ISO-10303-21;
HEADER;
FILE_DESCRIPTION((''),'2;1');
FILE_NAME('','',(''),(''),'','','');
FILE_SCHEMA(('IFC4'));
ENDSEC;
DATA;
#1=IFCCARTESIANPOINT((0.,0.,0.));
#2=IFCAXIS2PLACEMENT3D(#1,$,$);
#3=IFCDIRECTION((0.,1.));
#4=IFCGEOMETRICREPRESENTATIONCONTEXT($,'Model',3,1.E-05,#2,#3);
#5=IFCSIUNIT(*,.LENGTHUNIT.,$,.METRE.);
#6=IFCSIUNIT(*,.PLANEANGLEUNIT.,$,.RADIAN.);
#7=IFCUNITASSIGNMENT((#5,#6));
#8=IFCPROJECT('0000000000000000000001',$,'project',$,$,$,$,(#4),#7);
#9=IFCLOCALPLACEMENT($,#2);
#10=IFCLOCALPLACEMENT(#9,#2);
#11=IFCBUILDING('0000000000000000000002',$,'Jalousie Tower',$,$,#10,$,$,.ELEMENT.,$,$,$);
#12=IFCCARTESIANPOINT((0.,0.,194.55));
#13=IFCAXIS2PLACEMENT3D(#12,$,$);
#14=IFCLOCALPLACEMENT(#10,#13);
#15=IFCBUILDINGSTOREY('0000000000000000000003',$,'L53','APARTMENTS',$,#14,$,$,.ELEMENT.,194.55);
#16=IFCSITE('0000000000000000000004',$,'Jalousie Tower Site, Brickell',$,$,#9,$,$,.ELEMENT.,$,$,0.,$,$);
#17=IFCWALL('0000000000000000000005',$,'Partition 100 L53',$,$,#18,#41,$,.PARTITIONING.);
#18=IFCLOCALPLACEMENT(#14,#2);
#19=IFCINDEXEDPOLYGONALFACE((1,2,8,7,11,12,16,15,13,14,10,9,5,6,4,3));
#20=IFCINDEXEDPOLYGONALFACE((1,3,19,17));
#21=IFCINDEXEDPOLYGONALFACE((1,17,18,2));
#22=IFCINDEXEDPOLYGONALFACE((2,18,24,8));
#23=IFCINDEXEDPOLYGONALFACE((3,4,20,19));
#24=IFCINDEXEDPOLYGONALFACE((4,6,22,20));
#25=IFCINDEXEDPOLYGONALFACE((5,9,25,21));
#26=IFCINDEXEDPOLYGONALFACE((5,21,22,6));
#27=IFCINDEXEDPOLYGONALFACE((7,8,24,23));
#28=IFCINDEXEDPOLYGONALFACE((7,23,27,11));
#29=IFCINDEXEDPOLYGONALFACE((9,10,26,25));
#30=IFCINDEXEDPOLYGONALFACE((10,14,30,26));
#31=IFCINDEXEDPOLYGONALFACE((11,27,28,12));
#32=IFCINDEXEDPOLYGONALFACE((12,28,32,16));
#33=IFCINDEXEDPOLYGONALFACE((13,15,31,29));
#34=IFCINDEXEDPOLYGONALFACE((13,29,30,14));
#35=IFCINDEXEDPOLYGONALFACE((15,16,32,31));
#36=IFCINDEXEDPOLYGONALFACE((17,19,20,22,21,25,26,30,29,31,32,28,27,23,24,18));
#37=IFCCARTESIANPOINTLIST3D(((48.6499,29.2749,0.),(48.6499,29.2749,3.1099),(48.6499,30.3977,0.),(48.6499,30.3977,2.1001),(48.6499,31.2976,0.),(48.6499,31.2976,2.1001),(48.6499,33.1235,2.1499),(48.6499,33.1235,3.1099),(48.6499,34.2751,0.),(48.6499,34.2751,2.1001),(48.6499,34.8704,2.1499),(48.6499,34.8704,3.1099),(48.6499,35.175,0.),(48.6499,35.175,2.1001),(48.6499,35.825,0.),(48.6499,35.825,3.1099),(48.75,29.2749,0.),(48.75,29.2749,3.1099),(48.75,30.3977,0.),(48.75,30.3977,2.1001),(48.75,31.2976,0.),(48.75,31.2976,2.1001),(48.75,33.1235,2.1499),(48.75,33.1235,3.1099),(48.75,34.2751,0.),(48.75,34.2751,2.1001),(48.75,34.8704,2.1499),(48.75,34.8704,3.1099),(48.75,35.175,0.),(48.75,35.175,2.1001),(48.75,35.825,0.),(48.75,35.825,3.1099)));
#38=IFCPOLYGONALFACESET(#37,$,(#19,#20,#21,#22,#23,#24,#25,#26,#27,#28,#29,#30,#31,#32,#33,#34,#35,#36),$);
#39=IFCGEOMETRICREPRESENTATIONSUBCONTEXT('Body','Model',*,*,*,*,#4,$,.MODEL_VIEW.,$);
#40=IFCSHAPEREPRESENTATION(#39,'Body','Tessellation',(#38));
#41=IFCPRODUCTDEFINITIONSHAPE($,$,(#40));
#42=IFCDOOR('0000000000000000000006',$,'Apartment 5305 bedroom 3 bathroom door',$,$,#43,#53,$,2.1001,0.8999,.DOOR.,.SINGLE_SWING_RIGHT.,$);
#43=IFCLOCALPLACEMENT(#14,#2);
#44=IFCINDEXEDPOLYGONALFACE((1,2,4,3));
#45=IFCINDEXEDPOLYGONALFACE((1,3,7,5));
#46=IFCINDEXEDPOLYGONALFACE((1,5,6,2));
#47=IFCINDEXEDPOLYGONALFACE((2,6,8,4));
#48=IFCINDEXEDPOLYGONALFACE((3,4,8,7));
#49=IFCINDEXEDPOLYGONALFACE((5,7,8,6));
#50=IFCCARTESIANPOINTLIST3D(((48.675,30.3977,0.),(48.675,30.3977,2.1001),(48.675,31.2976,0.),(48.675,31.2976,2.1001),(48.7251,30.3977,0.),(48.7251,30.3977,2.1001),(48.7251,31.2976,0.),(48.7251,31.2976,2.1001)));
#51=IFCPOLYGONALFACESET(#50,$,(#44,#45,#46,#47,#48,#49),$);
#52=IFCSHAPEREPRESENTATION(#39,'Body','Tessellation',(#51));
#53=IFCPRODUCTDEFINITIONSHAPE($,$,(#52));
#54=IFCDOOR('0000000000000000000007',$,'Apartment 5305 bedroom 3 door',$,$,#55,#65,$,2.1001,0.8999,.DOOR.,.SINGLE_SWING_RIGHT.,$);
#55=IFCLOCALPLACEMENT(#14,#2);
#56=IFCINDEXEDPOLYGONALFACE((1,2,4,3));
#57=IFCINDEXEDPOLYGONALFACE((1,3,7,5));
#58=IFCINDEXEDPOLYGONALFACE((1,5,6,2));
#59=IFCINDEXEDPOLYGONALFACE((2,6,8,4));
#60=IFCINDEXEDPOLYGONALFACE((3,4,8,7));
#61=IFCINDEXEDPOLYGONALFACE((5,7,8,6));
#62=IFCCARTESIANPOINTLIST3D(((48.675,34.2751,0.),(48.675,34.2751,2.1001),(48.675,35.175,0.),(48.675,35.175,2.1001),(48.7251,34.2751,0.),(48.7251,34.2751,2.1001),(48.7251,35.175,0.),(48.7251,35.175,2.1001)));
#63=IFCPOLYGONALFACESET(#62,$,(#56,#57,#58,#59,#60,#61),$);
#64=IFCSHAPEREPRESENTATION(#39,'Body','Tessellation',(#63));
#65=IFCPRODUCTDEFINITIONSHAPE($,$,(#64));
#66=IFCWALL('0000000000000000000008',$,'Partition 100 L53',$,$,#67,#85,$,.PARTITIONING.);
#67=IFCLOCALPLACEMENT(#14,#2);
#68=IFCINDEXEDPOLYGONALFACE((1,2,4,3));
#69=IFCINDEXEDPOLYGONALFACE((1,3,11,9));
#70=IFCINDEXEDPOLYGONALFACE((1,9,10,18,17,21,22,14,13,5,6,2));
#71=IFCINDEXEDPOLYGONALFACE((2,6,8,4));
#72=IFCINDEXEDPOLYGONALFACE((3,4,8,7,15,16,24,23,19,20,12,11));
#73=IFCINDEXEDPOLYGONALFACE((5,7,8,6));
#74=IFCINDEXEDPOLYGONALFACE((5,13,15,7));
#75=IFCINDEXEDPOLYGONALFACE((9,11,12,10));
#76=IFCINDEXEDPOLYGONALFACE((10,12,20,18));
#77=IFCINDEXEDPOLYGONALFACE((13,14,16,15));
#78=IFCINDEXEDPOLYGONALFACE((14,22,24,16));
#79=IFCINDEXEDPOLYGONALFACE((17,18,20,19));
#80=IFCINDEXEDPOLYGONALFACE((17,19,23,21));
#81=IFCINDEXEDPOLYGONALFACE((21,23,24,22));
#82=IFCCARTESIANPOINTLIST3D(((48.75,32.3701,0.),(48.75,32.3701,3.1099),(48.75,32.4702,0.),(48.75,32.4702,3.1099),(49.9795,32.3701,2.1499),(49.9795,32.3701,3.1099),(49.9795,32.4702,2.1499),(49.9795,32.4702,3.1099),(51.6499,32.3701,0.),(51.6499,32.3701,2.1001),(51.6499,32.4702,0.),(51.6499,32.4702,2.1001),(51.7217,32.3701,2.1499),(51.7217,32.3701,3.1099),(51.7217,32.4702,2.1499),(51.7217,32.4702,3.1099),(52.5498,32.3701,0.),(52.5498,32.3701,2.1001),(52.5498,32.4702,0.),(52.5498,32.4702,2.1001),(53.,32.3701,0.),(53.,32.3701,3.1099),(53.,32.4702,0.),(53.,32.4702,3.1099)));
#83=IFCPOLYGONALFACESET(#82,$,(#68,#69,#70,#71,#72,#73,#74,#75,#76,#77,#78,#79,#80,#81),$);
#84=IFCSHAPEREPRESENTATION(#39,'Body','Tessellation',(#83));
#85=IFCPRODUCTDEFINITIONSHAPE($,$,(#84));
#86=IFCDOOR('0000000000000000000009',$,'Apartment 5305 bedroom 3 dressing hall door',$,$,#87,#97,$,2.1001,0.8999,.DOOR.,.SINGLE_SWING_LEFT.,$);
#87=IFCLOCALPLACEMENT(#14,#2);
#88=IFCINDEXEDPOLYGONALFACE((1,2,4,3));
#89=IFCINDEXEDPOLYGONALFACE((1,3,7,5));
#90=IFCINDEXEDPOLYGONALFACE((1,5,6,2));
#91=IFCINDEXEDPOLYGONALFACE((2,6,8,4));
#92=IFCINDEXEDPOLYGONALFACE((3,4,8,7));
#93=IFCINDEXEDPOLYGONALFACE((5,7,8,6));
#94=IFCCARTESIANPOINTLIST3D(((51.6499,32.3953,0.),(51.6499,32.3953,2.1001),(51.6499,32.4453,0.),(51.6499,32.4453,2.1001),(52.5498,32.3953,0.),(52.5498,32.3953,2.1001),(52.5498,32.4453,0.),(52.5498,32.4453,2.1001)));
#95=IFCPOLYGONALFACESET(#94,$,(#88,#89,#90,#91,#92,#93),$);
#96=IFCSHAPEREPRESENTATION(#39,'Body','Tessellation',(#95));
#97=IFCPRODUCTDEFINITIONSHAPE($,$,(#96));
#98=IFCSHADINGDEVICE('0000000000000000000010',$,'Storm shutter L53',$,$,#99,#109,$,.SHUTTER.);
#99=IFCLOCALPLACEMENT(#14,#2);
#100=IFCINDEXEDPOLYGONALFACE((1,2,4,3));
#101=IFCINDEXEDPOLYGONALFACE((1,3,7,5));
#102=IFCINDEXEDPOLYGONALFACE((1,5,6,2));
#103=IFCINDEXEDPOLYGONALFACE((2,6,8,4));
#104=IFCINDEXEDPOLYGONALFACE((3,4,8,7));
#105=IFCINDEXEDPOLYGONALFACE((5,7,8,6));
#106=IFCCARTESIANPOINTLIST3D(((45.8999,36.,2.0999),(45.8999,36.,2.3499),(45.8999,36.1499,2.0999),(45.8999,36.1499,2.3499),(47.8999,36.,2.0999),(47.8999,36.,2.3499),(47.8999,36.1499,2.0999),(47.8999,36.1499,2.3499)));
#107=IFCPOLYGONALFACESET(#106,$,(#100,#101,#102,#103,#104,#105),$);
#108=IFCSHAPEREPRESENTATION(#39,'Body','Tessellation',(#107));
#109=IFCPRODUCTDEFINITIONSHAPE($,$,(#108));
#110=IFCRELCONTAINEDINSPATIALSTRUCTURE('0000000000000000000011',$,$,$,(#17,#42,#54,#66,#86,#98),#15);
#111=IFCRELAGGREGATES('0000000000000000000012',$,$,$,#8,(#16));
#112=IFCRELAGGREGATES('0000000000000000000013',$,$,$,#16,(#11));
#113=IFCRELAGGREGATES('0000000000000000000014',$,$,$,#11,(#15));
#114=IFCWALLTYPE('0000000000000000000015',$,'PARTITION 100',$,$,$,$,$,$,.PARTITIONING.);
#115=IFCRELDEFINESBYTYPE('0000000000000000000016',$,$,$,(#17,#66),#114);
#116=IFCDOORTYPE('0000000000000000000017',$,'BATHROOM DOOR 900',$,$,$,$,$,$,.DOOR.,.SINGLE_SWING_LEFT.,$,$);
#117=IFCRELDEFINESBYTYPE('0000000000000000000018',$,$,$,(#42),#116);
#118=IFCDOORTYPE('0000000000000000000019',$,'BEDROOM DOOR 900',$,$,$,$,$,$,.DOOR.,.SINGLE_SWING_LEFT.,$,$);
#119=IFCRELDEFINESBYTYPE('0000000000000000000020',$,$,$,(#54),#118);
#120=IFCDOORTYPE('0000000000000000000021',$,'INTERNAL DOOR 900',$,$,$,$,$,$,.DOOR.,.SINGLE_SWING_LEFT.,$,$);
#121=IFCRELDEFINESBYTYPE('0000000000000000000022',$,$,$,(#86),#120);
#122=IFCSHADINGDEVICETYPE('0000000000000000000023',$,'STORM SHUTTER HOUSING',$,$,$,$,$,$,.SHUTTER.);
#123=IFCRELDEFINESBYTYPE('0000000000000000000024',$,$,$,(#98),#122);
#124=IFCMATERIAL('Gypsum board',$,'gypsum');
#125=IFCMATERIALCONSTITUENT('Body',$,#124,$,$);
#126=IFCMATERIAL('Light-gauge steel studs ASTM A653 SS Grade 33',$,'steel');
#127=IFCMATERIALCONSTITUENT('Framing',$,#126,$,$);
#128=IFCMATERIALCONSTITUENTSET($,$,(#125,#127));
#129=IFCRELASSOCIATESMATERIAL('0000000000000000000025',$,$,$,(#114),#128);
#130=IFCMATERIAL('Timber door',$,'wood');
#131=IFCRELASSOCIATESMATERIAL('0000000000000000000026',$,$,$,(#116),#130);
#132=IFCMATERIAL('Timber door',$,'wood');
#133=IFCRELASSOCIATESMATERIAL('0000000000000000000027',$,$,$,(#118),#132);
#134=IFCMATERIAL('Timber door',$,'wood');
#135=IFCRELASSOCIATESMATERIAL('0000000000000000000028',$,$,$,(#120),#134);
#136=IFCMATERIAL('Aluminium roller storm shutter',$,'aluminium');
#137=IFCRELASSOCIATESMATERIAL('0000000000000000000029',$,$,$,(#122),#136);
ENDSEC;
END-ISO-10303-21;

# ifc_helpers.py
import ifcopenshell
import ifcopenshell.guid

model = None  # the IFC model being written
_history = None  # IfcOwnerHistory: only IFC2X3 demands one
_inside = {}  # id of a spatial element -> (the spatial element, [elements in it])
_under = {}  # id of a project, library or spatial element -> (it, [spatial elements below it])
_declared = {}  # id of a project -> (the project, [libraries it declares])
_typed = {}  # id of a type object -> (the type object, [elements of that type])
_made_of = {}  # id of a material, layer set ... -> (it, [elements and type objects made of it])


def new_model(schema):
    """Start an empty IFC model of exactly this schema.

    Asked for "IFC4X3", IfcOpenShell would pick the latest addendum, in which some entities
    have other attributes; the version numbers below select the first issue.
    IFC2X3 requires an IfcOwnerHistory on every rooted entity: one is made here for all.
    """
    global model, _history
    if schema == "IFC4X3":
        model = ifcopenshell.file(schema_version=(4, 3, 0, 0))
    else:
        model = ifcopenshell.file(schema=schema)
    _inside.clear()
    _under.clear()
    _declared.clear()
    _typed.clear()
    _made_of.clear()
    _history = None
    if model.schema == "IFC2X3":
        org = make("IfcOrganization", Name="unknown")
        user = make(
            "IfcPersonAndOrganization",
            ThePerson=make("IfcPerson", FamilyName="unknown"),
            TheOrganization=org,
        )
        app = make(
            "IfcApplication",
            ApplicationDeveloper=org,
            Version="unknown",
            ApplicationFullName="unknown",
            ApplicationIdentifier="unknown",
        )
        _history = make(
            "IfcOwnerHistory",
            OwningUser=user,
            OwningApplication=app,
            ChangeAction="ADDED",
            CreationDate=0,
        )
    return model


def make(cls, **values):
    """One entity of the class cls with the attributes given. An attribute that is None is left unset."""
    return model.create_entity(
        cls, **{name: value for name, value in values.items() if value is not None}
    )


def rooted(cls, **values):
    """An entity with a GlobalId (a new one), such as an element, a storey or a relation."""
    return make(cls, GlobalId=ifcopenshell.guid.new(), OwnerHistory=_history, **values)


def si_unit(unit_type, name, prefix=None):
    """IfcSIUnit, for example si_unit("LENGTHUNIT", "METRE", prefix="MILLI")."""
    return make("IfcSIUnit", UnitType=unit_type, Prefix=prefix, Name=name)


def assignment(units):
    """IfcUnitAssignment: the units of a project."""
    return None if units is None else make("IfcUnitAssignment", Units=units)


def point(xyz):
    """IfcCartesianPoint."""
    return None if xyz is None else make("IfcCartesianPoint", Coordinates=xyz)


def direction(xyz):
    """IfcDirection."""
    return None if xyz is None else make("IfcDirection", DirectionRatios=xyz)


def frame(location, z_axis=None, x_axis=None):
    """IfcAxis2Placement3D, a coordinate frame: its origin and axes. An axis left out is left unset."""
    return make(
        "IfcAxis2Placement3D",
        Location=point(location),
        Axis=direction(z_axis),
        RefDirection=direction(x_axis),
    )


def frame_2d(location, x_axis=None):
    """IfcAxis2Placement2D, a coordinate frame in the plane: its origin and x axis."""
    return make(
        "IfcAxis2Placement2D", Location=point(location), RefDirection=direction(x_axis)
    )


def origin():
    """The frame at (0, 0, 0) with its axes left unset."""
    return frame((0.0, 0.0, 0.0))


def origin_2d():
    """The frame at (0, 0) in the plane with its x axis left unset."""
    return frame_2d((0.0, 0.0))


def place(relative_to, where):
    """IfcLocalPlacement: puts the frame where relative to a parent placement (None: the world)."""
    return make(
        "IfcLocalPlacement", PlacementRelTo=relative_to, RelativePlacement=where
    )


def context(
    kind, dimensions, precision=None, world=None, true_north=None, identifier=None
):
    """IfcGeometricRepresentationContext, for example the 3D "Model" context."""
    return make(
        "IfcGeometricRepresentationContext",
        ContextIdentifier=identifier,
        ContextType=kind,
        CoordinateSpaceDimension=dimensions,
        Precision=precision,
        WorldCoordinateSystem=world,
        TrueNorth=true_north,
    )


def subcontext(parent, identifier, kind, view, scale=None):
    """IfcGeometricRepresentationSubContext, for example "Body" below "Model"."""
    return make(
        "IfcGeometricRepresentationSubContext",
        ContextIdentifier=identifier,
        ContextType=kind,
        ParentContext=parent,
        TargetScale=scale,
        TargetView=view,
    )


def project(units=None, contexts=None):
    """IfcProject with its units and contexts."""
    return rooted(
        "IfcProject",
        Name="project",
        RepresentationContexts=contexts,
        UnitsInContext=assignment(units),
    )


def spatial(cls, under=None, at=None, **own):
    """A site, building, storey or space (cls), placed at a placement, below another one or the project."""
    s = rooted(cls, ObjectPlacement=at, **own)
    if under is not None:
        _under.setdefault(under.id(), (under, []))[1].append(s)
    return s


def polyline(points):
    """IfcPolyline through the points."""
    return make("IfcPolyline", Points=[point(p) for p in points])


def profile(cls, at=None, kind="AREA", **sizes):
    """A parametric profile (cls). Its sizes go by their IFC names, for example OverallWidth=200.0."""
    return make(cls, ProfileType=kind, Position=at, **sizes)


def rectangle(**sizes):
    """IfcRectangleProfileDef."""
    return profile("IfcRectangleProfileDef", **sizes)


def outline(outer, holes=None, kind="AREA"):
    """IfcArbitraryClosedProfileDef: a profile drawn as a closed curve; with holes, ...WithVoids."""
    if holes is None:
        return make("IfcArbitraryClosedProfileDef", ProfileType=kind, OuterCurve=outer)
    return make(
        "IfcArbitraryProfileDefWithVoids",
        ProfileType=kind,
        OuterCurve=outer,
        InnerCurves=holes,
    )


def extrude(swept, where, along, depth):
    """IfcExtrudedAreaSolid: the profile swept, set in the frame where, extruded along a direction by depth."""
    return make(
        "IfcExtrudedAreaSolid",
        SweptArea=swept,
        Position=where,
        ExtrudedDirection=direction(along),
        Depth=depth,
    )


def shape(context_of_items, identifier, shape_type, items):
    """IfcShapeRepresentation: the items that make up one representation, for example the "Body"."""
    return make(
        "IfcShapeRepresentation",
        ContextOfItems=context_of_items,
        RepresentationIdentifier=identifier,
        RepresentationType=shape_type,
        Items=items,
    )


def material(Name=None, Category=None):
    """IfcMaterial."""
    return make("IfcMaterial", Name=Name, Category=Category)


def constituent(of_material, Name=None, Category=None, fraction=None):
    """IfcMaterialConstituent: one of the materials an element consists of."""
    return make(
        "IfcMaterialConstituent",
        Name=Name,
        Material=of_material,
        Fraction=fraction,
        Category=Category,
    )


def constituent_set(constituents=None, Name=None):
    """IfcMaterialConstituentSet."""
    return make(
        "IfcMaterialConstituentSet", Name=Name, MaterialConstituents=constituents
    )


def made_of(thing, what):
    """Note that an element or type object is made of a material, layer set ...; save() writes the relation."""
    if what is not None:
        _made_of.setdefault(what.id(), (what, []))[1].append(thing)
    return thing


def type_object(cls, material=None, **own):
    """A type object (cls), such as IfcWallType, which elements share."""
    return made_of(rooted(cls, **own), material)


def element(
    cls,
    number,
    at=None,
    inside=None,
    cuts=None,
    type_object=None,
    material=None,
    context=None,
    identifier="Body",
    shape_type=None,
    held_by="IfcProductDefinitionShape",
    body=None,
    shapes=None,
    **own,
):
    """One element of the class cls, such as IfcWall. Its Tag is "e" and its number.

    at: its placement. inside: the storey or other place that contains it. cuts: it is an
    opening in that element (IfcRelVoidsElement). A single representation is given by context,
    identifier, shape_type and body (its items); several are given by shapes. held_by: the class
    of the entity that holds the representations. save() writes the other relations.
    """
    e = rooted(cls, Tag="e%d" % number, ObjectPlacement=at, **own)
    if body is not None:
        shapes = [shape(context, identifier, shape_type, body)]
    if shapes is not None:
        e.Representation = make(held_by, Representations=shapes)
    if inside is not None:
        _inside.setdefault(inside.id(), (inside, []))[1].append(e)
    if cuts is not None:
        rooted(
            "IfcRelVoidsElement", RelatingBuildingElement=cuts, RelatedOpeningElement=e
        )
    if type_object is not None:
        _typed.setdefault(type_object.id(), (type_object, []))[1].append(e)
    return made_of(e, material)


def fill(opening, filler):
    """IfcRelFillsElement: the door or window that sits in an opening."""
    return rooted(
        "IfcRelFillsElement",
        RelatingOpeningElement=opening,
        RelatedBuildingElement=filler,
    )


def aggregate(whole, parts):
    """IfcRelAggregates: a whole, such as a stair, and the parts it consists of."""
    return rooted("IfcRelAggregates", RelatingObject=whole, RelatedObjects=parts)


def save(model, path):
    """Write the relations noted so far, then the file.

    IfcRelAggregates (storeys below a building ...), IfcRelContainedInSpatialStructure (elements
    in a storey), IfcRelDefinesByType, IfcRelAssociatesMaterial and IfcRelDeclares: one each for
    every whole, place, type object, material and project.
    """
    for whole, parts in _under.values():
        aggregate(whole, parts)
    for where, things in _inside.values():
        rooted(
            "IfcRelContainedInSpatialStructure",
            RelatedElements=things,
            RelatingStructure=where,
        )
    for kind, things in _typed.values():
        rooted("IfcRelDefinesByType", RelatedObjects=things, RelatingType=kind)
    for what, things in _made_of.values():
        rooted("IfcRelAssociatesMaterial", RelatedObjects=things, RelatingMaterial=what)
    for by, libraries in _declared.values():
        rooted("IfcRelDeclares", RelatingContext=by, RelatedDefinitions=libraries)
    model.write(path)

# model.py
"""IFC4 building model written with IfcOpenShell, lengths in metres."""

from ifc_helpers import new_model, si_unit, direction, frame, frame_2d, origin, origin_2d, place, context, subcontext, project, spatial, polyline, rectangle, outline, extrude, material, constituent, constituent_set, type_object, element, fill, save


model = new_model("IFC4")

# Units and contexts
model_context = context("Model", 3, precision=1e-05, world=origin(), true_north=direction((0.0, 1.0)))
body_context = subcontext(model_context, "Body", "Model", "MODEL_VIEW")
ifc_project = project(units=[si_unit("LENGTHUNIT", "METRE"), si_unit("PLANEANGLEUNIT", "RADIAN")], contexts=[model_context])

# Site, building, storey
site_placement = place(None, origin())
site = spatial("IfcSite", under=ifc_project, at=site_placement, Name="Jalousie Tower Site, Brickell", CompositionType="ELEMENT", RefElevation=0.0)
building_placement = place(site_placement, origin())
building = spatial("IfcBuilding", under=site, at=building_placement, Name="Jalousie Tower", CompositionType="ELEMENT")
storey_placement = place(building_placement, frame((0.0, 0.0, 194.55)))
storey = spatial("IfcBuildingStorey", under=building, at=storey_placement, Name="L53", Description="APARTMENTS", CompositionType="ELEMENT", Elevation=194.55)

# Wall, openings, doors
ifc_material_1 = material(Name="Gypsum board", Category="gypsum")
ifc_constituent_1 = constituent(ifc_material_1, Name="Body")
ifc_material_2 = material(Name="Light-gauge steel studs ASTM A653 SS Grade 33", Category="steel")
ifc_constituent_2 = constituent(ifc_material_2, Name="Framing")
ifc_constituent_set_1 = constituent_set(constituents=[ifc_constituent_1, ifc_constituent_2])
wall_type_1 = type_object("IfcWallType", Name="PARTITION 100", PredefinedType="PARTITIONING", material=ifc_constituent_set_1)
wall_1_placement = place(storey_placement, frame((48.7, 35.825, 0.0), z_axis=(0.0, 0.0, 1.0), x_axis=(0.0, -1.0, 0.0)))
wall_1 = element("IfcWall", 1, at=wall_1_placement, inside=storey, type_object=wall_type_1, Name="Partition 100 L53", PredefinedType="PARTITIONING", context=body_context, shape_type="SweptSolid", body=[
    extrude(outline(polyline([(0.0, 0.0), (6.55, 0.0), (6.55, 3.1099), (2.7014, 3.1099), (2.7014, 2.1499), (0.9546, 2.1499), (0.9546, 3.1099), (0.0, 3.1099), (0.0, 0.0)])), frame((0.0, 0.05, 0.0), z_axis=(0.0, -1.0, 0.0), x_axis=(1.0, 0.0, 0.0)), (0.0, 0.0, 1.0), 0.1001),
])
opening_1_placement = place(wall_1_placement, frame((0.6499, 0.0, 0.0)))
opening_1 = element("IfcOpeningElement", 2, at=opening_1_placement, cuts=wall_1, PredefinedType="OPENING", context=body_context, shape_type="SweptSolid", body=[
    extrude(rectangle(XDim=0.8999, YDim=2.1001, at=frame_2d((0.45, 1.05))), frame((0.0, 0.0601, 0.0), z_axis=(0.0, -1.0, 0.0), x_axis=(1.0, 0.0, 0.0)), (0.0, 0.0, 1.0), 0.1201),
])
opening_2_placement = place(wall_1_placement, frame((4.5273, 0.0, 0.0)))
opening_2 = element("IfcOpeningElement", 3, at=opening_2_placement, cuts=wall_1, PredefinedType="OPENING", context=body_context, shape_type="SweptSolid", body=[
    extrude(rectangle(XDim=0.8999, YDim=2.1001, at=frame_2d((0.45, 1.05))), frame((0.0, 0.0601, 0.0), z_axis=(0.0, -1.0, 0.0), x_axis=(1.0, 0.0, 0.0)), (0.0, 0.0, 1.0), 0.1201),
])
ifc_material_3 = material(Name="Timber door", Category="wood")
door_type_1 = type_object("IfcDoorType", Name="BATHROOM DOOR 900", OperationType="SINGLE_SWING_LEFT", PredefinedType="DOOR", material=ifc_material_3)
door_1_placement = place(opening_2_placement, frame((0.8999, 0.0, 0.0), z_axis=(0.0, 0.0, 1.0), x_axis=(-1.0, 0.0, 0.0)))
door_1 = element("IfcDoor", 4, at=door_1_placement, inside=storey, type_object=door_type_1, Name="Apartment 5305 bedroom 3 bathroom door", OperationType="SINGLE_SWING_RIGHT", OverallHeight=2.1001, OverallWidth=0.8999, PredefinedType="DOOR", context=body_context, shape_type="SweptSolid", body=[
    extrude(rectangle(XDim=0.8999, YDim=2.1001, at=frame_2d((0.45, 1.05))), frame((0.0, 0.0249, 0.0), z_axis=(0.0, -1.0, 0.0), x_axis=(1.0, 0.0, 0.0)), (0.0, 0.0, 1.0), 0.05),
])
fill(opening_2, door_1)
ifc_material_4 = material(Name="Timber door", Category="wood")
door_type_2 = type_object("IfcDoorType", Name="BEDROOM DOOR 900", OperationType="SINGLE_SWING_LEFT", PredefinedType="DOOR", material=ifc_material_4)
door_2_placement = place(opening_1_placement, frame((0.8999, 0.0, 0.0), z_axis=(0.0, 0.0, 1.0), x_axis=(-1.0, 0.0, 0.0)))
door_2 = element("IfcDoor", 5, at=door_2_placement, inside=storey, type_object=door_type_2, Name="Apartment 5305 bedroom 3 door", OperationType="SINGLE_SWING_RIGHT", OverallHeight=2.1001, OverallWidth=0.8999, PredefinedType="DOOR", context=body_context, shape_type="SweptSolid", body=[
    extrude(rectangle(XDim=0.8999, YDim=2.1001, at=frame_2d((0.45, 1.05))), frame((0.0, 0.0249, 0.0), z_axis=(0.0, -1.0, 0.0), x_axis=(1.0, 0.0, 0.0)), (0.0, 0.0, 1.0), 0.05),
])
fill(opening_1, door_2)

# Wall, opening, door
wall_2_placement = place(storey_placement, frame((48.75, 32.4202, 0.0), z_axis=(0.0, 0.0, 1.0), x_axis=(1.0, 0.0, 0.0)))
wall_2 = element("IfcWall", 6, at=wall_2_placement, inside=storey, type_object=wall_type_1, Name="Partition 100 L53", PredefinedType="PARTITIONING", context=body_context, shape_type="SweptSolid", body=[
    extrude(outline(polyline([(0.0, 0.0), (4.25, 0.0), (4.25, 3.1099), (2.9717, 3.1099), (2.9717, 2.1499), (1.2295, 2.1499), (1.2295, 3.1099), (0.0, 3.1099), (0.0, 0.0)])), frame((0.0, 0.05, 0.0), z_axis=(0.0, -1.0, 0.0), x_axis=(1.0, 0.0, 0.0)), (0.0, 0.0, 1.0), 0.1001),
])
opening_3_placement = place(wall_2_placement, frame((2.8999, 0.0, 0.0)))
opening_3 = element("IfcOpeningElement", 7, at=opening_3_placement, cuts=wall_2, PredefinedType="OPENING", context=body_context, shape_type="SweptSolid", body=[
    extrude(rectangle(XDim=0.8999, YDim=2.1001, at=frame_2d((0.45, 1.05))), frame((0.0, 0.0601, 0.0), z_axis=(0.0, -1.0, 0.0), x_axis=(1.0, 0.0, 0.0)), (0.0, 0.0, 1.0), 0.1201),
])
ifc_material_5 = material(Name="Timber door", Category="wood")
door_type_3 = type_object("IfcDoorType", Name="INTERNAL DOOR 900", OperationType="SINGLE_SWING_LEFT", PredefinedType="DOOR", material=ifc_material_5)
door_3_placement = place(opening_3_placement, frame((0.8999, 0.0, 0.0), z_axis=(0.0, 0.0, 1.0), x_axis=(-1.0, 0.0, 0.0)))
door_3 = element("IfcDoor", 8, at=door_3_placement, inside=storey, type_object=door_type_3, Name="Apartment 5305 bedroom 3 dressing hall door", OperationType="SINGLE_SWING_LEFT", OverallHeight=2.1001, OverallWidth=0.8999, PredefinedType="DOOR", context=body_context, shape_type="SweptSolid", body=[
    extrude(rectangle(XDim=0.8999, YDim=2.1001, at=frame_2d((0.45, 1.05))), frame((0.0, 0.0249, 0.0), z_axis=(0.0, -1.0, 0.0), x_axis=(1.0, 0.0, 0.0)), (0.0, 0.0, 1.0), 0.05),
])
fill(opening_3, door_3)

# Shading device
ifc_material_6 = material(Name="Aluminium roller storm shutter", Category="aluminium")
shading_device_type = type_object("IfcShadingDeviceType", Name="STORM SHUTTER HOUSING", PredefinedType="SHUTTER", material=ifc_material_6)
shading_device_placement = place(storey_placement, frame((46.8999, 36.075, 2.0999), z_axis=(0.0, 0.0, 1.0), x_axis=(-1.0, 0.0, 0.0)))
element("IfcShadingDevice", 9, at=shading_device_placement, inside=storey, type_object=shading_device_type, Name="Storm shutter L53", PredefinedType="SHUTTER", context=body_context, shape_type="SweptSolid", body=[
    extrude(rectangle(XDim=2.0, YDim=0.1499, at=origin_2d()), origin(), (0.0, 0.0, 1.0), 0.25),
])

save(model, "model.ifc")
